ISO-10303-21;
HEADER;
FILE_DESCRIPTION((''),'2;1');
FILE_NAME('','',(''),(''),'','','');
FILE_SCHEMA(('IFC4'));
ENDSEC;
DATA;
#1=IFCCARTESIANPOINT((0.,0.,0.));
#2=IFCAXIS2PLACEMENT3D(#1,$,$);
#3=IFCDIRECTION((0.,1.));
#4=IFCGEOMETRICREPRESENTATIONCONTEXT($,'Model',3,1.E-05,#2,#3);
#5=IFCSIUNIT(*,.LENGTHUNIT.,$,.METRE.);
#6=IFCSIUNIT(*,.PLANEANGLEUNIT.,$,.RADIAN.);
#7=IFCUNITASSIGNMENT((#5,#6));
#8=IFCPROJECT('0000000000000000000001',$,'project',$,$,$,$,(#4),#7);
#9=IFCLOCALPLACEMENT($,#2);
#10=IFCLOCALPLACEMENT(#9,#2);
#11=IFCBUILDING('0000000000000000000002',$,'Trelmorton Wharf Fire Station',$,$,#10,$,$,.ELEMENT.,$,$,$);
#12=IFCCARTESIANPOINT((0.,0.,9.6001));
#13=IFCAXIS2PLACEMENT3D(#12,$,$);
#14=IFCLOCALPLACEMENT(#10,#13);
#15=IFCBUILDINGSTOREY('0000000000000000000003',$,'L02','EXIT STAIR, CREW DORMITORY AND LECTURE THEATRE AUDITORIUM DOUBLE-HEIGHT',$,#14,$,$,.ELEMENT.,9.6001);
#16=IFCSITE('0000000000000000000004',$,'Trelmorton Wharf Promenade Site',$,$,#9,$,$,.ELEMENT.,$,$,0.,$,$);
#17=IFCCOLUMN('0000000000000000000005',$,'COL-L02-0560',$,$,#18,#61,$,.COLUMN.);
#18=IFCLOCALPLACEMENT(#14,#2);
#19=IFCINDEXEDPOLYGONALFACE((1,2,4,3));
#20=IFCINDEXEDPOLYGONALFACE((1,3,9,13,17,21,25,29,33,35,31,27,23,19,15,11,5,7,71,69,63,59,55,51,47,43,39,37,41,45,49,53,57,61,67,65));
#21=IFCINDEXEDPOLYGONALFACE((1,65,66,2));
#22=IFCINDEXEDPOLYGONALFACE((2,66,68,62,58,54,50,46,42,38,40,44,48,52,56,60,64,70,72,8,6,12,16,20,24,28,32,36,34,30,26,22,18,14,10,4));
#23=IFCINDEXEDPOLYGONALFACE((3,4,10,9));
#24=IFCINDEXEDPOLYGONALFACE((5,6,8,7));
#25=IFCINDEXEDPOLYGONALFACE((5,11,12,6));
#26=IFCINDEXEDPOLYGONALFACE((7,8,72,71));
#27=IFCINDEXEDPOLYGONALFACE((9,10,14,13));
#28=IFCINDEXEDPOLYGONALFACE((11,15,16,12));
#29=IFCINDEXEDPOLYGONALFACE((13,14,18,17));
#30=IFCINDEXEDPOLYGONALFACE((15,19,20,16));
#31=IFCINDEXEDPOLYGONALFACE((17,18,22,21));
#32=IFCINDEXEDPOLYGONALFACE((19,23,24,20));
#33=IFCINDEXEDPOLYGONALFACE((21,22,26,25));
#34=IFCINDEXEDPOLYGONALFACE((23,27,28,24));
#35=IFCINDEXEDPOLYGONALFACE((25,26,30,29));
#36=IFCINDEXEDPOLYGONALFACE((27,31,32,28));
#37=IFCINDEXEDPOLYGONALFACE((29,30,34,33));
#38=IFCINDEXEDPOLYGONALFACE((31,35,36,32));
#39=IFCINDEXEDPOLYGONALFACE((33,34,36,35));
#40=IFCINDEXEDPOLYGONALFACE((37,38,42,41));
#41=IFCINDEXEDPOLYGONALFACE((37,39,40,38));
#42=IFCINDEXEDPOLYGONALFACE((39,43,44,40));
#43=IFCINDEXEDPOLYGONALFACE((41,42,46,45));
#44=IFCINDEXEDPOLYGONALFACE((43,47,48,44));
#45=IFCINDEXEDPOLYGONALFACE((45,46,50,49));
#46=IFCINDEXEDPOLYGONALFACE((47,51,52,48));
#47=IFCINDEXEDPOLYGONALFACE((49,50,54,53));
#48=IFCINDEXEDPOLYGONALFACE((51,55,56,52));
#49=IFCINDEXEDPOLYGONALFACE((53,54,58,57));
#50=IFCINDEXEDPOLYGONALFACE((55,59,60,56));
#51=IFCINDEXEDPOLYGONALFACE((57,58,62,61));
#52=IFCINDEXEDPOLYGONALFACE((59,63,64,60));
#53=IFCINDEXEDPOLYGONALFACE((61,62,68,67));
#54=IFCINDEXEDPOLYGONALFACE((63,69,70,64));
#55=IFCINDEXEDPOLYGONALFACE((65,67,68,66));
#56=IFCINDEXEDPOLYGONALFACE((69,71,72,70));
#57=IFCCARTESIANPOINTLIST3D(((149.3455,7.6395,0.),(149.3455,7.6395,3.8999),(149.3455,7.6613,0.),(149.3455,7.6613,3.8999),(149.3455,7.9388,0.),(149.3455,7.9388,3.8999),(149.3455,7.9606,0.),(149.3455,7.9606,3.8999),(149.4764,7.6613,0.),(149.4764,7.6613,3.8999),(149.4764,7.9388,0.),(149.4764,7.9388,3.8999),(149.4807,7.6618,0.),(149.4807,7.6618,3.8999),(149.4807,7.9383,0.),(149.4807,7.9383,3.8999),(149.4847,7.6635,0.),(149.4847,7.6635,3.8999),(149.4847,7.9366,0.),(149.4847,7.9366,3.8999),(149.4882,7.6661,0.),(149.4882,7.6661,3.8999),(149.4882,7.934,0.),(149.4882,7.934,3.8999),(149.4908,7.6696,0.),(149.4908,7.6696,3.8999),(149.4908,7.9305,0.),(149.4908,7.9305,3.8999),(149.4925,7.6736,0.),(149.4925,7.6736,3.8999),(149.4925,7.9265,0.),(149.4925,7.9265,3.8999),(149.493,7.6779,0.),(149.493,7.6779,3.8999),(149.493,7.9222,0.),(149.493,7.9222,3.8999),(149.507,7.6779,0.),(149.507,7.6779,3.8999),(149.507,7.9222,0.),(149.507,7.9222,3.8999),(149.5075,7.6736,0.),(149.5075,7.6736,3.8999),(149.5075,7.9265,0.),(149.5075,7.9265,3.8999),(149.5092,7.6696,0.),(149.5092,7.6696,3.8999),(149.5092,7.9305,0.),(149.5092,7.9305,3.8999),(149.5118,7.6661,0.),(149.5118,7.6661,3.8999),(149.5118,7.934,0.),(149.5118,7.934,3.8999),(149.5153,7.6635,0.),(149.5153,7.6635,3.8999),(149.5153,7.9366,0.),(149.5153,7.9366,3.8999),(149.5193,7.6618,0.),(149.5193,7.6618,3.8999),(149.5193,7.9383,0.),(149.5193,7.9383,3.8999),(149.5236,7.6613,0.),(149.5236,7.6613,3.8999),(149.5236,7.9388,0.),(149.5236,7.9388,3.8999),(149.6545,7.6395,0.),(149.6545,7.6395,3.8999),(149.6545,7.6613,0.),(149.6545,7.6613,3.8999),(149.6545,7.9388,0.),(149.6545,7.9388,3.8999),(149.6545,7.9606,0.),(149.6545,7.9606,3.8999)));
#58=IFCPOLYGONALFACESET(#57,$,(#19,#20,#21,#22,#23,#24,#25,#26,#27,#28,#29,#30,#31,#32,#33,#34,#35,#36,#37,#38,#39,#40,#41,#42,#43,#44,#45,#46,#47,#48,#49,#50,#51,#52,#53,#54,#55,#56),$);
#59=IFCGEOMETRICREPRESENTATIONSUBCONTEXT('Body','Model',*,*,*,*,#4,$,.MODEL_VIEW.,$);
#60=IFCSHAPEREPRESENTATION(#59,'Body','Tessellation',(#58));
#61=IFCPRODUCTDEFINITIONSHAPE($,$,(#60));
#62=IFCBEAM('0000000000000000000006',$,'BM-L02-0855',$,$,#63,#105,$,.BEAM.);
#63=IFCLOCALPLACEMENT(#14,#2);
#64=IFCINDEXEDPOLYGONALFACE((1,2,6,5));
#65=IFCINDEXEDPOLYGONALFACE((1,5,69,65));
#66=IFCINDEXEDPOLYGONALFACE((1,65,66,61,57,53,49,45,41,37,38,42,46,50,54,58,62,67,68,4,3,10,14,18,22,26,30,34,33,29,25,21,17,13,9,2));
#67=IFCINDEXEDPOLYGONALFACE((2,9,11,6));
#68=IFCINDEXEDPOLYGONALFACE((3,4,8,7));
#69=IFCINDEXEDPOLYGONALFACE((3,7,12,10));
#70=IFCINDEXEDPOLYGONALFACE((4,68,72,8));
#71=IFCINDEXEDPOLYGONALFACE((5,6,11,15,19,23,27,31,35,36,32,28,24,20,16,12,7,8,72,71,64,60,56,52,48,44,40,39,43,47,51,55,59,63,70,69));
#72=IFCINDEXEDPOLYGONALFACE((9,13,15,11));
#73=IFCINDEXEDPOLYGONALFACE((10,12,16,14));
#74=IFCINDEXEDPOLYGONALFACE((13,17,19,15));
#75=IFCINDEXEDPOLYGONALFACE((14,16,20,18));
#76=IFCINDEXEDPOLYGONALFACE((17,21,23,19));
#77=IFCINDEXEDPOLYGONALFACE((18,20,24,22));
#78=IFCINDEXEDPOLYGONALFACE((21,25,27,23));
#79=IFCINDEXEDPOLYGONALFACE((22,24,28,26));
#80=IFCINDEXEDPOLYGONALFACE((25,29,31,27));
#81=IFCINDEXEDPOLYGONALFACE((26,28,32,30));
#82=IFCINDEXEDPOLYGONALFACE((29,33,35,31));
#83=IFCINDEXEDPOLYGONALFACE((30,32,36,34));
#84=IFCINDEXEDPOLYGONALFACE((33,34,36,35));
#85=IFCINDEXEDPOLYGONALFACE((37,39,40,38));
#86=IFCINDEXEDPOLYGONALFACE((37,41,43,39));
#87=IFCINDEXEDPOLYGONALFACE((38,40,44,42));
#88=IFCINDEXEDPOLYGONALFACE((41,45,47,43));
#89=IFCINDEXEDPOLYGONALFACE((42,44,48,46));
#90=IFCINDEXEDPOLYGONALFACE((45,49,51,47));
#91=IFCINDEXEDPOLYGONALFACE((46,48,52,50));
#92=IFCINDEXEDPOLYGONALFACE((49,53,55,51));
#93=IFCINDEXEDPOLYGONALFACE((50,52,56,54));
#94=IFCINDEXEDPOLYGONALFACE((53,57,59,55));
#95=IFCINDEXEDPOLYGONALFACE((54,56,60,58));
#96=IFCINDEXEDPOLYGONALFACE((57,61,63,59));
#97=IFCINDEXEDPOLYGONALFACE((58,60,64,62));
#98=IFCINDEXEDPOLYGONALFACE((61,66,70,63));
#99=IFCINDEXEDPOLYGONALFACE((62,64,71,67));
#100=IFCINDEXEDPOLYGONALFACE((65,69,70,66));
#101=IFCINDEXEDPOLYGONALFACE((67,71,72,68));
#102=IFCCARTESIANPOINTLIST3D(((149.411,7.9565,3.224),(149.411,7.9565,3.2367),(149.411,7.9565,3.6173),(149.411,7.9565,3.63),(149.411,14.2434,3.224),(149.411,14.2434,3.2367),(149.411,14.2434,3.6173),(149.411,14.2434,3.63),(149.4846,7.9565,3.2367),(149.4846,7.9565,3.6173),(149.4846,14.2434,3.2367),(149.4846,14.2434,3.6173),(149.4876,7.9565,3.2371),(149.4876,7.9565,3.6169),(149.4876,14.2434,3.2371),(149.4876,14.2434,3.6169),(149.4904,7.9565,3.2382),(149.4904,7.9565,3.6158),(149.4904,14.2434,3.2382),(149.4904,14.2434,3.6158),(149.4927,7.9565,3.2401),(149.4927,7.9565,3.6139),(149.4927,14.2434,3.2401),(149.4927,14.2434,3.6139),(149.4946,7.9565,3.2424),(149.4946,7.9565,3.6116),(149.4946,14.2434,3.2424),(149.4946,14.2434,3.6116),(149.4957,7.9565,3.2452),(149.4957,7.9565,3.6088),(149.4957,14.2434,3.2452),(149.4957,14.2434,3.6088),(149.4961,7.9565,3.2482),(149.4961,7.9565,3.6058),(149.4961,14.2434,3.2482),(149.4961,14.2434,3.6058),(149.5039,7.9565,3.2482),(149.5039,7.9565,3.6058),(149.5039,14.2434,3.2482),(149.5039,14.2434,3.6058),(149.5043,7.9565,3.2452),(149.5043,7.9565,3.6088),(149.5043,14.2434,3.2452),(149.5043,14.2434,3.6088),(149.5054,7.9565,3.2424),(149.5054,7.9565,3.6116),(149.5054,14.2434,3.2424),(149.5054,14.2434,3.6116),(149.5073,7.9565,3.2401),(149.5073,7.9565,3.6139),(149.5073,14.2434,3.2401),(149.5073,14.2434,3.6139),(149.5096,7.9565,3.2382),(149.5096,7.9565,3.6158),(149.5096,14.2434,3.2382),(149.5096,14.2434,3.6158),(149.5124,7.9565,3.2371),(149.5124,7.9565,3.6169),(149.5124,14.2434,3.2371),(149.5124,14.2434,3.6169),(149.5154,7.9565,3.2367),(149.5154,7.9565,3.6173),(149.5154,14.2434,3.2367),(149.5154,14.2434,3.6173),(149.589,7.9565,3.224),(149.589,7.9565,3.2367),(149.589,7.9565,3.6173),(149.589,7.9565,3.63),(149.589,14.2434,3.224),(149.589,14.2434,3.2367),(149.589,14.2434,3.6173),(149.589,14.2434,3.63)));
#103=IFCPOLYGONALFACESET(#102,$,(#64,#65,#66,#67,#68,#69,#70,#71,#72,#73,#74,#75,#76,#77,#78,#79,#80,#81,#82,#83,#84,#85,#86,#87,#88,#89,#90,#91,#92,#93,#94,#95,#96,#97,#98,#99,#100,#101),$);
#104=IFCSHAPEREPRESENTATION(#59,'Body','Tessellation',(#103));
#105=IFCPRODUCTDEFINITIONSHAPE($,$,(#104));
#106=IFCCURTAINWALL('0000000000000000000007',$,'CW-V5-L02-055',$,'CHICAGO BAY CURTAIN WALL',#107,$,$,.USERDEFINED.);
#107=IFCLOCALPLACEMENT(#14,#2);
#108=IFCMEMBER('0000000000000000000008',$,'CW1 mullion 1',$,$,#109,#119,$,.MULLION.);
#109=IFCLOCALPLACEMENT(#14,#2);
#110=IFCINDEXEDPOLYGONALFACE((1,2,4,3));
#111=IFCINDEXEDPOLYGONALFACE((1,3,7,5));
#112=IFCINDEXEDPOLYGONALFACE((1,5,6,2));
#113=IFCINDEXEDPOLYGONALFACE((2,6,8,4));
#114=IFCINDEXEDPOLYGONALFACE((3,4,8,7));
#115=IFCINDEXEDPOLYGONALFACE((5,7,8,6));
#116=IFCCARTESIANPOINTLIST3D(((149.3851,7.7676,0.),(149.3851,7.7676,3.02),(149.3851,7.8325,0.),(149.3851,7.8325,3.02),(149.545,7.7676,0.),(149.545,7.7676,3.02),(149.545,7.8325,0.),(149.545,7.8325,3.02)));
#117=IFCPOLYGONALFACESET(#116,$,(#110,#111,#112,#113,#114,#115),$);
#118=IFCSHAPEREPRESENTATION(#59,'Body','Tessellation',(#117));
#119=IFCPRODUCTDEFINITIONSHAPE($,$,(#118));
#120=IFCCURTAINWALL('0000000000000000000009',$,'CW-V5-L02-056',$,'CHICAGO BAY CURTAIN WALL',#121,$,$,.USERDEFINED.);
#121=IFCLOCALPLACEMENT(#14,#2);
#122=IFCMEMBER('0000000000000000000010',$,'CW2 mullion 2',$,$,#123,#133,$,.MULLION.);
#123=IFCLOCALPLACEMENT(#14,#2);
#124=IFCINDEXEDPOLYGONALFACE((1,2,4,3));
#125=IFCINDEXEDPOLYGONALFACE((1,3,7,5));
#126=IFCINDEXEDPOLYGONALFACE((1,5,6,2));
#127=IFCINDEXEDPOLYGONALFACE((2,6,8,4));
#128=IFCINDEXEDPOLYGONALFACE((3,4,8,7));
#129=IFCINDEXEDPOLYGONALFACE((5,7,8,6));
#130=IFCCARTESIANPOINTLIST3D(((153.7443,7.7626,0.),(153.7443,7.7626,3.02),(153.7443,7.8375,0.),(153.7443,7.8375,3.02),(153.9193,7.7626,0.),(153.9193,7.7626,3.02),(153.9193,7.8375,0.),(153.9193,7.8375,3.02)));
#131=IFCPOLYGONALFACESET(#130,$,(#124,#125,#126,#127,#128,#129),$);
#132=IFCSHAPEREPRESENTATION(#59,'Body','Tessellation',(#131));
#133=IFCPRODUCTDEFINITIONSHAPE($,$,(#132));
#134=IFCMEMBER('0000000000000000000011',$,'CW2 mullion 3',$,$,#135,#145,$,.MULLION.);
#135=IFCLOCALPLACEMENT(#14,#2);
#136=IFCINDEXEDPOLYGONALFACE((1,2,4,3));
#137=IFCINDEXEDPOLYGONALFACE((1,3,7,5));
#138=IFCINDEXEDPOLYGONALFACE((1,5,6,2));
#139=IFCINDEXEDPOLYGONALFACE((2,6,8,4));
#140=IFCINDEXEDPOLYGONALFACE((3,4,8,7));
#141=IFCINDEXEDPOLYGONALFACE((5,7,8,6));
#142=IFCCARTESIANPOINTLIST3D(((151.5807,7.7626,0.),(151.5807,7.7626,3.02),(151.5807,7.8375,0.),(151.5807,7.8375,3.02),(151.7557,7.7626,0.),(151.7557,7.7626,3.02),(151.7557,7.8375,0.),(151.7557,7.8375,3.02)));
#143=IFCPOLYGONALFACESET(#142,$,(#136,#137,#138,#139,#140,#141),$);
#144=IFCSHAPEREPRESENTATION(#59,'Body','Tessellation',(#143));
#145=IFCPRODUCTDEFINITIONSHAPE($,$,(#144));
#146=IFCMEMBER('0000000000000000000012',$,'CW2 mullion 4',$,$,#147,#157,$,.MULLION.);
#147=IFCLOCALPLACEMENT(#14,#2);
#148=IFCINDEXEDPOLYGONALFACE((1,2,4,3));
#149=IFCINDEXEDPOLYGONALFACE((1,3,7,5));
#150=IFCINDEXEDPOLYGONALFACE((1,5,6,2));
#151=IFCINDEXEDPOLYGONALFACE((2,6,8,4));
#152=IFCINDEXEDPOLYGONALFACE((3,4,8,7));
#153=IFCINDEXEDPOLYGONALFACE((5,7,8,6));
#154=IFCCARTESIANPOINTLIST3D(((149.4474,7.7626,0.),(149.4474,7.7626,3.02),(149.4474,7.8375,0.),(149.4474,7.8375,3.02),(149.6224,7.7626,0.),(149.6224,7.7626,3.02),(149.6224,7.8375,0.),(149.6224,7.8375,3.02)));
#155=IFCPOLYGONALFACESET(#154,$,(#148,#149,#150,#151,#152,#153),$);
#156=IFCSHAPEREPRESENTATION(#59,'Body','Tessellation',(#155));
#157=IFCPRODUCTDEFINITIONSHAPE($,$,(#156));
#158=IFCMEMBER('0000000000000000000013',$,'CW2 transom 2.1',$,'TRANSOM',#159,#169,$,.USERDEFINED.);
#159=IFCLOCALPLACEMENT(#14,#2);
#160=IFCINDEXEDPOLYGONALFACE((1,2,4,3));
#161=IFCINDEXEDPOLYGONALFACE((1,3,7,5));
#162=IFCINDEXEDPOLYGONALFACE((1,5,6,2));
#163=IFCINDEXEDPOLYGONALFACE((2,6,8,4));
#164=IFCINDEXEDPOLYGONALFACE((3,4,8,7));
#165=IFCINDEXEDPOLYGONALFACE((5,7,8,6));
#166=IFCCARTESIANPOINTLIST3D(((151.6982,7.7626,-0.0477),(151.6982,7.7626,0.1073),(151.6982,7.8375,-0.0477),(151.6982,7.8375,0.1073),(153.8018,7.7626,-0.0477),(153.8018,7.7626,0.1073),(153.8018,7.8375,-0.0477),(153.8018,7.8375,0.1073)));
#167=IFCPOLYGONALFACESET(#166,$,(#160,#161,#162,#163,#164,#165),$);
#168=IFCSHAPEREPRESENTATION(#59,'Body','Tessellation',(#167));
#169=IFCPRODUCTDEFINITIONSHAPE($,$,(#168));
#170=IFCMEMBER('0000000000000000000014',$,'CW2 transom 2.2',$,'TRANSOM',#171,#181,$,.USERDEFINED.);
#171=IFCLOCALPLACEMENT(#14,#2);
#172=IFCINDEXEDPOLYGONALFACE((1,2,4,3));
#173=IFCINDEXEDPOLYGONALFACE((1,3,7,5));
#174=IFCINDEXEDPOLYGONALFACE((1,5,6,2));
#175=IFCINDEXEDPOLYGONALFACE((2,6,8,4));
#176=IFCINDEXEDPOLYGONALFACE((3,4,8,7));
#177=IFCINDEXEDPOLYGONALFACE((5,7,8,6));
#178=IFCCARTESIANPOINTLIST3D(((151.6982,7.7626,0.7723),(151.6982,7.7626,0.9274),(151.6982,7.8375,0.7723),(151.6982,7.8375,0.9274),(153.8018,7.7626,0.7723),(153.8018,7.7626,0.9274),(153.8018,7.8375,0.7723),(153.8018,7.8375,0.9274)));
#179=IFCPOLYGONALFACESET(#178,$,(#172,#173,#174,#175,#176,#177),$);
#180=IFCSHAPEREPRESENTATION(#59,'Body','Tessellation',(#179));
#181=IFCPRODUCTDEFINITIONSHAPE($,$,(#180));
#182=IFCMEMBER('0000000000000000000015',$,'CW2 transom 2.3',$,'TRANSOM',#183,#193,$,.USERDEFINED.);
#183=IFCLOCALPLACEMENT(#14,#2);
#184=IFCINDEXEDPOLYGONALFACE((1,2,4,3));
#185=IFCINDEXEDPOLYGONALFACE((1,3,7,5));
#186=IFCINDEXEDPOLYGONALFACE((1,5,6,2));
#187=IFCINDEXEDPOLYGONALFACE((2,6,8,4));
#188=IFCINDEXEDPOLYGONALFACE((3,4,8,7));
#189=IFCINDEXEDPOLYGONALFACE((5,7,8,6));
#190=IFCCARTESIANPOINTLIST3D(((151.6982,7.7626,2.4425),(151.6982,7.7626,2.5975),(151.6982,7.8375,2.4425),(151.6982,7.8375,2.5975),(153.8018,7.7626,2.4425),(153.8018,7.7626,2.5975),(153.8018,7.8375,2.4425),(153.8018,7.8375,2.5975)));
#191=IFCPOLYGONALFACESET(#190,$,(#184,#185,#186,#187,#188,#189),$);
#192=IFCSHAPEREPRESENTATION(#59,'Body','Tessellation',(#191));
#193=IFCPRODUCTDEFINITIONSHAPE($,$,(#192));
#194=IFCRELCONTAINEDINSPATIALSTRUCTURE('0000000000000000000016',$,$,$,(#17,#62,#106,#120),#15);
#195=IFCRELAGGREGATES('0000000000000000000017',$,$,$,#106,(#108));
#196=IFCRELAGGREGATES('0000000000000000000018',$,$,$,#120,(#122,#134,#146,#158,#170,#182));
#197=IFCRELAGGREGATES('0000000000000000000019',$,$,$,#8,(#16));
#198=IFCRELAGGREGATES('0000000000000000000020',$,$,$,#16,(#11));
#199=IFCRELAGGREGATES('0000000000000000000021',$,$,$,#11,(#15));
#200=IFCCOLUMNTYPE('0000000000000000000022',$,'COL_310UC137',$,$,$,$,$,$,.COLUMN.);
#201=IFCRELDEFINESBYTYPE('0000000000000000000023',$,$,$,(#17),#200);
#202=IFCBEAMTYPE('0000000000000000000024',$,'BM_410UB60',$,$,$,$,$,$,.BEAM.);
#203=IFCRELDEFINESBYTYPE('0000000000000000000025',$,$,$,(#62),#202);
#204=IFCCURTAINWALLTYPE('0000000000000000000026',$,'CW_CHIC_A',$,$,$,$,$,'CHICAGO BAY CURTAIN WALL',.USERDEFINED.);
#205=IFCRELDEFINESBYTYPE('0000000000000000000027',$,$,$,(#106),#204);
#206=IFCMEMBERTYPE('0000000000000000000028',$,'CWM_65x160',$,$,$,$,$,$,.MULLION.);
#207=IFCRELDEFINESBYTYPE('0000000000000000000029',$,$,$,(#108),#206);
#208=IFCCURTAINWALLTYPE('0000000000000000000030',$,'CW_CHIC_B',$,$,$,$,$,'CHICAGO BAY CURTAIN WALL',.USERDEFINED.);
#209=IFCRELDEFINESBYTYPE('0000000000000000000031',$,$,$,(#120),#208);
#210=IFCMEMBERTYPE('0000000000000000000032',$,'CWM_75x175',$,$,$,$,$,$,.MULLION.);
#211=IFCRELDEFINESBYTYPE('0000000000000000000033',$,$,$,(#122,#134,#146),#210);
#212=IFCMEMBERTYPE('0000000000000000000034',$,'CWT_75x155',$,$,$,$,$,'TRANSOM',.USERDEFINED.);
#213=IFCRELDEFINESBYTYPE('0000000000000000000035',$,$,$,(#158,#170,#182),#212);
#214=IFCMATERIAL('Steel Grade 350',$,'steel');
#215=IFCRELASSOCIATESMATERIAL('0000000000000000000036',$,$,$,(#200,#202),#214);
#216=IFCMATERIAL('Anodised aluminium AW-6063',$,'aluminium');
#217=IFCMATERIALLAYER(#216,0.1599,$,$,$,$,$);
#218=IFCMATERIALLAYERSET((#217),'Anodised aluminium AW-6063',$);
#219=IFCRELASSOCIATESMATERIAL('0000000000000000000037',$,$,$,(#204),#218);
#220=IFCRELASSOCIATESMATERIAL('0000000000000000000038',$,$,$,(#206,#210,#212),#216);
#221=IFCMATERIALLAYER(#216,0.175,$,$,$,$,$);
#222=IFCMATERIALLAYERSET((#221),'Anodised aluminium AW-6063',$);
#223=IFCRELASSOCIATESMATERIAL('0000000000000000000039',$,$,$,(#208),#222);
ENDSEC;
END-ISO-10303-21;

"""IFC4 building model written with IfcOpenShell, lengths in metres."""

from ifc_helpers import new_model, si_unit, direction, frame, origin, origin_2d, place, context, subcontext, project, spatial, rectangle, i_section, extrude, material, layer, layer_set, material_profile, profile_set, type_object, element, aggregate, save


model = new_model("IFC4")

# Units and contexts
model_context = context("Model", 3, precision=1e-05, world=origin(), true_north=direction((0.0, 1.0)))
body_context = subcontext(model_context, "Body", "Model", "MODEL_VIEW")
ifc_project = project(units=[si_unit("LENGTHUNIT", "METRE"), si_unit("PLANEANGLEUNIT", "RADIAN")], contexts=[model_context])

# Site, building, storey
site_placement = place(None, origin())
site = spatial("IfcSite", under=ifc_project, at=site_placement, Name="Trelmorton Wharf Promenade Site", CompositionType="ELEMENT", RefElevation=0.0)
building_placement = place(site_placement, origin())
building = spatial("IfcBuilding", under=site, at=building_placement, Name="Trelmorton Wharf Fire Station", CompositionType="ELEMENT")
storey_placement = place(building_placement, frame((0.0, 0.0, 9.6001)))
storey = spatial("IfcBuildingStorey", under=building, at=storey_placement, Name="L02", Description="EXIT STAIR, CREW DORMITORY AND LECTURE THEATRE AUDITORIUM DOUBLE-HEIGHT", CompositionType="ELEMENT", Elevation=9.6001)

# Column
ifc_material_1 = material(Name="Steel Grade 350", Category="steel")
ifc_material_profile_1 = material_profile(ifc_material_1, i_section(OverallWidth=0.3091, OverallDepth=0.321, WebThickness=0.0139, FlangeThickness=0.0217, FilletRadius=0.0166, at=origin_2d()), Name="310UC137")
ifc_profile_set_1 = profile_set([ifc_material_profile_1], Name="Steel Grade 350")
column_type = type_object("IfcColumnType", Name="COL_310UC137", PredefinedType="COLUMN", material=ifc_profile_set_1)
column_placement = place(storey_placement, frame((149.5, 7.8, 0.0), z_axis=(0.0, 0.0, 1.0), x_axis=(1.0, 0.0, 0.0)))
element("IfcColumn", 1, at=column_placement, inside=storey, type_object=column_type, Name="COL-L02-0560", PredefinedType="COLUMN", context=body_context, shape_type="SweptSolid", body=[
    extrude(i_section(OverallWidth=0.3091, OverallDepth=0.321, WebThickness=0.0139, FlangeThickness=0.0217, FilletRadius=0.0166, at=origin_2d()), origin(), (0.0, 0.0, 1.0), 3.8999),
])

# Beam
ifc_material_profile_2 = material_profile(ifc_material_1, i_section(OverallWidth=0.178, OverallDepth=0.406, WebThickness=0.0078, FlangeThickness=0.0127, FilletRadius=0.0115, at=origin_2d()), Name="410UB59.7")
ifc_profile_set_2 = profile_set([ifc_material_profile_2], Name="Steel Grade 350")
beam_type_1 = type_object("IfcBeamType", Name="BM_410UB60", PredefinedType="BEAM", material=ifc_profile_set_2)
beam_1_placement = place(storey_placement, frame((149.5, 7.9565, 3.427), z_axis=(0.0, 1.0, 0.0), x_axis=(-1.0, 0.0, 0.0)))
element("IfcBeam", 2, at=beam_1_placement, inside=storey, type_object=beam_type_1, Name="BM-L02-0855", PredefinedType="BEAM", context=body_context, shape_type="SweptSolid", body=[
    extrude(i_section(OverallWidth=0.178, OverallDepth=0.406, WebThickness=0.0078, FlangeThickness=0.0127, FilletRadius=0.0115, at=origin_2d()), origin(), (0.0, 0.0, 1.0), 6.2869),
])

# Curtain wall, member
ifc_material_2 = material(Name="Anodised aluminium AW-6063", Category="aluminium")
ifc_layer_1 = layer(ifc_material_2, 0.1599)
ifc_layer_set_1 = layer_set([ifc_layer_1], Name="Anodised aluminium AW-6063")
curtain_wall_type_1 = type_object("IfcCurtainWallType", Name="CW_CHIC_A", ElementType="CHICAGO BAY CURTAIN WALL", PredefinedType="USERDEFINED", material=ifc_layer_set_1)
curtain_wall_1_placement = place(storey_placement, origin())
curtain_wall_1 = element("IfcCurtainWall", 3, at=curtain_wall_1_placement, inside=storey, type_object=curtain_wall_type_1, Name="CW-V5-L02-055", ObjectType="CHICAGO BAY CURTAIN WALL", PredefinedType="USERDEFINED")
ifc_material_profile_3 = material_profile(ifc_material_2, rectangle(XDim=0.0649, YDim=0.1599, at=origin_2d()), Name="ALU-65x160")
ifc_profile_set_3 = profile_set([ifc_material_profile_3], Name="Anodised aluminium AW-6063")
member_type_1 = type_object("IfcMemberType", Name="CWM_65x160", PredefinedType="MULLION", material=ifc_profile_set_3)
member_1_placement = place(storey_placement, frame((149.4651, 7.8, 0.0), z_axis=(0.0, 0.0, 1.0), x_axis=(0.0, -1.0, 0.0)))
member_1 = element("IfcMember", 4, at=member_1_placement, type_object=member_type_1, Name="CW1 mullion 1", PredefinedType="MULLION", context=body_context, shape_type="SweptSolid", body=[
    extrude(rectangle(XDim=0.0649, YDim=0.1599, at=origin_2d()), origin(), (0.0, 0.0, 1.0), 3.02),
])
aggregate(curtain_wall_1, [member_1])

# Curtain wall, members
ifc_layer_2 = layer(ifc_material_2, 0.175)
ifc_layer_set_2 = layer_set([ifc_layer_2], Name="Anodised aluminium AW-6063")
curtain_wall_type_2 = type_object("IfcCurtainWallType", Name="CW_CHIC_B", ElementType="CHICAGO BAY CURTAIN WALL", PredefinedType="USERDEFINED", material=ifc_layer_set_2)
curtain_wall_2_placement = place(storey_placement, origin())
curtain_wall_2 = element("IfcCurtainWall", 5, at=curtain_wall_2_placement, inside=storey, type_object=curtain_wall_type_2, Name="CW-V5-L02-056", ObjectType="CHICAGO BAY CURTAIN WALL", PredefinedType="USERDEFINED")
ifc_material_profile_4 = material_profile(ifc_material_2, rectangle(XDim=0.075, YDim=0.175, at=origin_2d()), Name="ALU-75x175")
ifc_profile_set_4 = profile_set([ifc_material_profile_4], Name="Anodised aluminium AW-6063")
member_type_2 = type_object("IfcMemberType", Name="CWM_75x175", PredefinedType="MULLION", material=ifc_profile_set_4)
member_2_placement = place(storey_placement, frame((153.8318, 7.8, 0.0), z_axis=(0.0, 0.0, 1.0), x_axis=(0.0, -1.0, 0.0)))
member_2 = element("IfcMember", 6, at=member_2_placement, type_object=member_type_2, Name="CW2 mullion 2", PredefinedType="MULLION", context=body_context, shape_type="SweptSolid", body=[
    extrude(rectangle(XDim=0.075, YDim=0.175, at=origin_2d()), origin(), (0.0, 0.0, 1.0), 3.02),
])
member_3_placement = place(storey_placement, frame((151.6682, 7.8, 0.0), z_axis=(0.0, 0.0, 1.0), x_axis=(0.0, -1.0, 0.0)))
member_3 = element("IfcMember", 7, at=member_3_placement, type_object=member_type_2, Name="CW2 mullion 3", PredefinedType="MULLION", context=body_context, shape_type="SweptSolid", body=[
    extrude(rectangle(XDim=0.075, YDim=0.175, at=origin_2d()), origin(), (0.0, 0.0, 1.0), 3.02),
])
member_4_placement = place(storey_placement, frame((149.5349, 7.8, 0.0), z_axis=(0.0, 0.0, 1.0), x_axis=(0.0, -1.0, 0.0)))
member_4 = element("IfcMember", 8, at=member_4_placement, type_object=member_type_2, Name="CW2 mullion 4", PredefinedType="MULLION", context=body_context, shape_type="SweptSolid", body=[
    extrude(rectangle(XDim=0.075, YDim=0.175, at=origin_2d()), origin(), (0.0, 0.0, 1.0), 3.02),
])
ifc_material_profile_5 = material_profile(ifc_material_2, rectangle(XDim=0.075, YDim=0.155, at=origin_2d()), Name="ALU-75x155")
ifc_profile_set_5 = profile_set([ifc_material_profile_5], Name="Anodised aluminium AW-6063")
member_type_3 = type_object("IfcMemberType", Name="CWT_75x155", ElementType="TRANSOM", PredefinedType="USERDEFINED", material=ifc_profile_set_5)
member_5_placement = place(storey_placement, frame((153.8018, 7.8, 0.0298), z_axis=(-1.0, 0.0, 0.0), x_axis=(0.0, -1.0, 0.0)))
member_5 = element("IfcMember", 9, at=member_5_placement, type_object=member_type_3, Name="CW2 transom 2.1", ObjectType="TRANSOM", PredefinedType="USERDEFINED", context=body_context, shape_type="SweptSolid", body=[
    extrude(rectangle(XDim=0.075, YDim=0.155, at=origin_2d()), origin(), (0.0, 0.0, 1.0), 2.1035),
])
member_6_placement = place(storey_placement, frame((153.8018, 7.8, 0.8499), z_axis=(-1.0, 0.0, 0.0), x_axis=(0.0, -1.0, 0.0)))
member_6 = element("IfcMember", 10, at=member_6_placement, type_object=member_type_3, Name="CW2 transom 2.2", ObjectType="TRANSOM", PredefinedType="USERDEFINED", context=body_context, shape_type="SweptSolid", body=[
    extrude(rectangle(XDim=0.075, YDim=0.155, at=origin_2d()), origin(), (0.0, 0.0, 1.0), 2.1035),
])
member_7_placement = place(storey_placement, frame((153.8018, 7.8, 2.52), z_axis=(-1.0, 0.0, 0.0), x_axis=(0.0, -1.0, 0.0)))
member_7 = element("IfcMember", 11, at=member_7_placement, type_object=member_type_3, Name="CW2 transom 2.3", ObjectType="TRANSOM", PredefinedType="USERDEFINED", context=body_context, shape_type="SweptSolid", body=[
    extrude(rectangle(XDim=0.075, YDim=0.155, at=origin_2d()), origin(), (0.0, 0.0, 1.0), 2.1035),
])

aggregate(curtain_wall_2, [member_2, member_3, member_4, member_5, member_6, member_7])

save(model, "model.ifc")
